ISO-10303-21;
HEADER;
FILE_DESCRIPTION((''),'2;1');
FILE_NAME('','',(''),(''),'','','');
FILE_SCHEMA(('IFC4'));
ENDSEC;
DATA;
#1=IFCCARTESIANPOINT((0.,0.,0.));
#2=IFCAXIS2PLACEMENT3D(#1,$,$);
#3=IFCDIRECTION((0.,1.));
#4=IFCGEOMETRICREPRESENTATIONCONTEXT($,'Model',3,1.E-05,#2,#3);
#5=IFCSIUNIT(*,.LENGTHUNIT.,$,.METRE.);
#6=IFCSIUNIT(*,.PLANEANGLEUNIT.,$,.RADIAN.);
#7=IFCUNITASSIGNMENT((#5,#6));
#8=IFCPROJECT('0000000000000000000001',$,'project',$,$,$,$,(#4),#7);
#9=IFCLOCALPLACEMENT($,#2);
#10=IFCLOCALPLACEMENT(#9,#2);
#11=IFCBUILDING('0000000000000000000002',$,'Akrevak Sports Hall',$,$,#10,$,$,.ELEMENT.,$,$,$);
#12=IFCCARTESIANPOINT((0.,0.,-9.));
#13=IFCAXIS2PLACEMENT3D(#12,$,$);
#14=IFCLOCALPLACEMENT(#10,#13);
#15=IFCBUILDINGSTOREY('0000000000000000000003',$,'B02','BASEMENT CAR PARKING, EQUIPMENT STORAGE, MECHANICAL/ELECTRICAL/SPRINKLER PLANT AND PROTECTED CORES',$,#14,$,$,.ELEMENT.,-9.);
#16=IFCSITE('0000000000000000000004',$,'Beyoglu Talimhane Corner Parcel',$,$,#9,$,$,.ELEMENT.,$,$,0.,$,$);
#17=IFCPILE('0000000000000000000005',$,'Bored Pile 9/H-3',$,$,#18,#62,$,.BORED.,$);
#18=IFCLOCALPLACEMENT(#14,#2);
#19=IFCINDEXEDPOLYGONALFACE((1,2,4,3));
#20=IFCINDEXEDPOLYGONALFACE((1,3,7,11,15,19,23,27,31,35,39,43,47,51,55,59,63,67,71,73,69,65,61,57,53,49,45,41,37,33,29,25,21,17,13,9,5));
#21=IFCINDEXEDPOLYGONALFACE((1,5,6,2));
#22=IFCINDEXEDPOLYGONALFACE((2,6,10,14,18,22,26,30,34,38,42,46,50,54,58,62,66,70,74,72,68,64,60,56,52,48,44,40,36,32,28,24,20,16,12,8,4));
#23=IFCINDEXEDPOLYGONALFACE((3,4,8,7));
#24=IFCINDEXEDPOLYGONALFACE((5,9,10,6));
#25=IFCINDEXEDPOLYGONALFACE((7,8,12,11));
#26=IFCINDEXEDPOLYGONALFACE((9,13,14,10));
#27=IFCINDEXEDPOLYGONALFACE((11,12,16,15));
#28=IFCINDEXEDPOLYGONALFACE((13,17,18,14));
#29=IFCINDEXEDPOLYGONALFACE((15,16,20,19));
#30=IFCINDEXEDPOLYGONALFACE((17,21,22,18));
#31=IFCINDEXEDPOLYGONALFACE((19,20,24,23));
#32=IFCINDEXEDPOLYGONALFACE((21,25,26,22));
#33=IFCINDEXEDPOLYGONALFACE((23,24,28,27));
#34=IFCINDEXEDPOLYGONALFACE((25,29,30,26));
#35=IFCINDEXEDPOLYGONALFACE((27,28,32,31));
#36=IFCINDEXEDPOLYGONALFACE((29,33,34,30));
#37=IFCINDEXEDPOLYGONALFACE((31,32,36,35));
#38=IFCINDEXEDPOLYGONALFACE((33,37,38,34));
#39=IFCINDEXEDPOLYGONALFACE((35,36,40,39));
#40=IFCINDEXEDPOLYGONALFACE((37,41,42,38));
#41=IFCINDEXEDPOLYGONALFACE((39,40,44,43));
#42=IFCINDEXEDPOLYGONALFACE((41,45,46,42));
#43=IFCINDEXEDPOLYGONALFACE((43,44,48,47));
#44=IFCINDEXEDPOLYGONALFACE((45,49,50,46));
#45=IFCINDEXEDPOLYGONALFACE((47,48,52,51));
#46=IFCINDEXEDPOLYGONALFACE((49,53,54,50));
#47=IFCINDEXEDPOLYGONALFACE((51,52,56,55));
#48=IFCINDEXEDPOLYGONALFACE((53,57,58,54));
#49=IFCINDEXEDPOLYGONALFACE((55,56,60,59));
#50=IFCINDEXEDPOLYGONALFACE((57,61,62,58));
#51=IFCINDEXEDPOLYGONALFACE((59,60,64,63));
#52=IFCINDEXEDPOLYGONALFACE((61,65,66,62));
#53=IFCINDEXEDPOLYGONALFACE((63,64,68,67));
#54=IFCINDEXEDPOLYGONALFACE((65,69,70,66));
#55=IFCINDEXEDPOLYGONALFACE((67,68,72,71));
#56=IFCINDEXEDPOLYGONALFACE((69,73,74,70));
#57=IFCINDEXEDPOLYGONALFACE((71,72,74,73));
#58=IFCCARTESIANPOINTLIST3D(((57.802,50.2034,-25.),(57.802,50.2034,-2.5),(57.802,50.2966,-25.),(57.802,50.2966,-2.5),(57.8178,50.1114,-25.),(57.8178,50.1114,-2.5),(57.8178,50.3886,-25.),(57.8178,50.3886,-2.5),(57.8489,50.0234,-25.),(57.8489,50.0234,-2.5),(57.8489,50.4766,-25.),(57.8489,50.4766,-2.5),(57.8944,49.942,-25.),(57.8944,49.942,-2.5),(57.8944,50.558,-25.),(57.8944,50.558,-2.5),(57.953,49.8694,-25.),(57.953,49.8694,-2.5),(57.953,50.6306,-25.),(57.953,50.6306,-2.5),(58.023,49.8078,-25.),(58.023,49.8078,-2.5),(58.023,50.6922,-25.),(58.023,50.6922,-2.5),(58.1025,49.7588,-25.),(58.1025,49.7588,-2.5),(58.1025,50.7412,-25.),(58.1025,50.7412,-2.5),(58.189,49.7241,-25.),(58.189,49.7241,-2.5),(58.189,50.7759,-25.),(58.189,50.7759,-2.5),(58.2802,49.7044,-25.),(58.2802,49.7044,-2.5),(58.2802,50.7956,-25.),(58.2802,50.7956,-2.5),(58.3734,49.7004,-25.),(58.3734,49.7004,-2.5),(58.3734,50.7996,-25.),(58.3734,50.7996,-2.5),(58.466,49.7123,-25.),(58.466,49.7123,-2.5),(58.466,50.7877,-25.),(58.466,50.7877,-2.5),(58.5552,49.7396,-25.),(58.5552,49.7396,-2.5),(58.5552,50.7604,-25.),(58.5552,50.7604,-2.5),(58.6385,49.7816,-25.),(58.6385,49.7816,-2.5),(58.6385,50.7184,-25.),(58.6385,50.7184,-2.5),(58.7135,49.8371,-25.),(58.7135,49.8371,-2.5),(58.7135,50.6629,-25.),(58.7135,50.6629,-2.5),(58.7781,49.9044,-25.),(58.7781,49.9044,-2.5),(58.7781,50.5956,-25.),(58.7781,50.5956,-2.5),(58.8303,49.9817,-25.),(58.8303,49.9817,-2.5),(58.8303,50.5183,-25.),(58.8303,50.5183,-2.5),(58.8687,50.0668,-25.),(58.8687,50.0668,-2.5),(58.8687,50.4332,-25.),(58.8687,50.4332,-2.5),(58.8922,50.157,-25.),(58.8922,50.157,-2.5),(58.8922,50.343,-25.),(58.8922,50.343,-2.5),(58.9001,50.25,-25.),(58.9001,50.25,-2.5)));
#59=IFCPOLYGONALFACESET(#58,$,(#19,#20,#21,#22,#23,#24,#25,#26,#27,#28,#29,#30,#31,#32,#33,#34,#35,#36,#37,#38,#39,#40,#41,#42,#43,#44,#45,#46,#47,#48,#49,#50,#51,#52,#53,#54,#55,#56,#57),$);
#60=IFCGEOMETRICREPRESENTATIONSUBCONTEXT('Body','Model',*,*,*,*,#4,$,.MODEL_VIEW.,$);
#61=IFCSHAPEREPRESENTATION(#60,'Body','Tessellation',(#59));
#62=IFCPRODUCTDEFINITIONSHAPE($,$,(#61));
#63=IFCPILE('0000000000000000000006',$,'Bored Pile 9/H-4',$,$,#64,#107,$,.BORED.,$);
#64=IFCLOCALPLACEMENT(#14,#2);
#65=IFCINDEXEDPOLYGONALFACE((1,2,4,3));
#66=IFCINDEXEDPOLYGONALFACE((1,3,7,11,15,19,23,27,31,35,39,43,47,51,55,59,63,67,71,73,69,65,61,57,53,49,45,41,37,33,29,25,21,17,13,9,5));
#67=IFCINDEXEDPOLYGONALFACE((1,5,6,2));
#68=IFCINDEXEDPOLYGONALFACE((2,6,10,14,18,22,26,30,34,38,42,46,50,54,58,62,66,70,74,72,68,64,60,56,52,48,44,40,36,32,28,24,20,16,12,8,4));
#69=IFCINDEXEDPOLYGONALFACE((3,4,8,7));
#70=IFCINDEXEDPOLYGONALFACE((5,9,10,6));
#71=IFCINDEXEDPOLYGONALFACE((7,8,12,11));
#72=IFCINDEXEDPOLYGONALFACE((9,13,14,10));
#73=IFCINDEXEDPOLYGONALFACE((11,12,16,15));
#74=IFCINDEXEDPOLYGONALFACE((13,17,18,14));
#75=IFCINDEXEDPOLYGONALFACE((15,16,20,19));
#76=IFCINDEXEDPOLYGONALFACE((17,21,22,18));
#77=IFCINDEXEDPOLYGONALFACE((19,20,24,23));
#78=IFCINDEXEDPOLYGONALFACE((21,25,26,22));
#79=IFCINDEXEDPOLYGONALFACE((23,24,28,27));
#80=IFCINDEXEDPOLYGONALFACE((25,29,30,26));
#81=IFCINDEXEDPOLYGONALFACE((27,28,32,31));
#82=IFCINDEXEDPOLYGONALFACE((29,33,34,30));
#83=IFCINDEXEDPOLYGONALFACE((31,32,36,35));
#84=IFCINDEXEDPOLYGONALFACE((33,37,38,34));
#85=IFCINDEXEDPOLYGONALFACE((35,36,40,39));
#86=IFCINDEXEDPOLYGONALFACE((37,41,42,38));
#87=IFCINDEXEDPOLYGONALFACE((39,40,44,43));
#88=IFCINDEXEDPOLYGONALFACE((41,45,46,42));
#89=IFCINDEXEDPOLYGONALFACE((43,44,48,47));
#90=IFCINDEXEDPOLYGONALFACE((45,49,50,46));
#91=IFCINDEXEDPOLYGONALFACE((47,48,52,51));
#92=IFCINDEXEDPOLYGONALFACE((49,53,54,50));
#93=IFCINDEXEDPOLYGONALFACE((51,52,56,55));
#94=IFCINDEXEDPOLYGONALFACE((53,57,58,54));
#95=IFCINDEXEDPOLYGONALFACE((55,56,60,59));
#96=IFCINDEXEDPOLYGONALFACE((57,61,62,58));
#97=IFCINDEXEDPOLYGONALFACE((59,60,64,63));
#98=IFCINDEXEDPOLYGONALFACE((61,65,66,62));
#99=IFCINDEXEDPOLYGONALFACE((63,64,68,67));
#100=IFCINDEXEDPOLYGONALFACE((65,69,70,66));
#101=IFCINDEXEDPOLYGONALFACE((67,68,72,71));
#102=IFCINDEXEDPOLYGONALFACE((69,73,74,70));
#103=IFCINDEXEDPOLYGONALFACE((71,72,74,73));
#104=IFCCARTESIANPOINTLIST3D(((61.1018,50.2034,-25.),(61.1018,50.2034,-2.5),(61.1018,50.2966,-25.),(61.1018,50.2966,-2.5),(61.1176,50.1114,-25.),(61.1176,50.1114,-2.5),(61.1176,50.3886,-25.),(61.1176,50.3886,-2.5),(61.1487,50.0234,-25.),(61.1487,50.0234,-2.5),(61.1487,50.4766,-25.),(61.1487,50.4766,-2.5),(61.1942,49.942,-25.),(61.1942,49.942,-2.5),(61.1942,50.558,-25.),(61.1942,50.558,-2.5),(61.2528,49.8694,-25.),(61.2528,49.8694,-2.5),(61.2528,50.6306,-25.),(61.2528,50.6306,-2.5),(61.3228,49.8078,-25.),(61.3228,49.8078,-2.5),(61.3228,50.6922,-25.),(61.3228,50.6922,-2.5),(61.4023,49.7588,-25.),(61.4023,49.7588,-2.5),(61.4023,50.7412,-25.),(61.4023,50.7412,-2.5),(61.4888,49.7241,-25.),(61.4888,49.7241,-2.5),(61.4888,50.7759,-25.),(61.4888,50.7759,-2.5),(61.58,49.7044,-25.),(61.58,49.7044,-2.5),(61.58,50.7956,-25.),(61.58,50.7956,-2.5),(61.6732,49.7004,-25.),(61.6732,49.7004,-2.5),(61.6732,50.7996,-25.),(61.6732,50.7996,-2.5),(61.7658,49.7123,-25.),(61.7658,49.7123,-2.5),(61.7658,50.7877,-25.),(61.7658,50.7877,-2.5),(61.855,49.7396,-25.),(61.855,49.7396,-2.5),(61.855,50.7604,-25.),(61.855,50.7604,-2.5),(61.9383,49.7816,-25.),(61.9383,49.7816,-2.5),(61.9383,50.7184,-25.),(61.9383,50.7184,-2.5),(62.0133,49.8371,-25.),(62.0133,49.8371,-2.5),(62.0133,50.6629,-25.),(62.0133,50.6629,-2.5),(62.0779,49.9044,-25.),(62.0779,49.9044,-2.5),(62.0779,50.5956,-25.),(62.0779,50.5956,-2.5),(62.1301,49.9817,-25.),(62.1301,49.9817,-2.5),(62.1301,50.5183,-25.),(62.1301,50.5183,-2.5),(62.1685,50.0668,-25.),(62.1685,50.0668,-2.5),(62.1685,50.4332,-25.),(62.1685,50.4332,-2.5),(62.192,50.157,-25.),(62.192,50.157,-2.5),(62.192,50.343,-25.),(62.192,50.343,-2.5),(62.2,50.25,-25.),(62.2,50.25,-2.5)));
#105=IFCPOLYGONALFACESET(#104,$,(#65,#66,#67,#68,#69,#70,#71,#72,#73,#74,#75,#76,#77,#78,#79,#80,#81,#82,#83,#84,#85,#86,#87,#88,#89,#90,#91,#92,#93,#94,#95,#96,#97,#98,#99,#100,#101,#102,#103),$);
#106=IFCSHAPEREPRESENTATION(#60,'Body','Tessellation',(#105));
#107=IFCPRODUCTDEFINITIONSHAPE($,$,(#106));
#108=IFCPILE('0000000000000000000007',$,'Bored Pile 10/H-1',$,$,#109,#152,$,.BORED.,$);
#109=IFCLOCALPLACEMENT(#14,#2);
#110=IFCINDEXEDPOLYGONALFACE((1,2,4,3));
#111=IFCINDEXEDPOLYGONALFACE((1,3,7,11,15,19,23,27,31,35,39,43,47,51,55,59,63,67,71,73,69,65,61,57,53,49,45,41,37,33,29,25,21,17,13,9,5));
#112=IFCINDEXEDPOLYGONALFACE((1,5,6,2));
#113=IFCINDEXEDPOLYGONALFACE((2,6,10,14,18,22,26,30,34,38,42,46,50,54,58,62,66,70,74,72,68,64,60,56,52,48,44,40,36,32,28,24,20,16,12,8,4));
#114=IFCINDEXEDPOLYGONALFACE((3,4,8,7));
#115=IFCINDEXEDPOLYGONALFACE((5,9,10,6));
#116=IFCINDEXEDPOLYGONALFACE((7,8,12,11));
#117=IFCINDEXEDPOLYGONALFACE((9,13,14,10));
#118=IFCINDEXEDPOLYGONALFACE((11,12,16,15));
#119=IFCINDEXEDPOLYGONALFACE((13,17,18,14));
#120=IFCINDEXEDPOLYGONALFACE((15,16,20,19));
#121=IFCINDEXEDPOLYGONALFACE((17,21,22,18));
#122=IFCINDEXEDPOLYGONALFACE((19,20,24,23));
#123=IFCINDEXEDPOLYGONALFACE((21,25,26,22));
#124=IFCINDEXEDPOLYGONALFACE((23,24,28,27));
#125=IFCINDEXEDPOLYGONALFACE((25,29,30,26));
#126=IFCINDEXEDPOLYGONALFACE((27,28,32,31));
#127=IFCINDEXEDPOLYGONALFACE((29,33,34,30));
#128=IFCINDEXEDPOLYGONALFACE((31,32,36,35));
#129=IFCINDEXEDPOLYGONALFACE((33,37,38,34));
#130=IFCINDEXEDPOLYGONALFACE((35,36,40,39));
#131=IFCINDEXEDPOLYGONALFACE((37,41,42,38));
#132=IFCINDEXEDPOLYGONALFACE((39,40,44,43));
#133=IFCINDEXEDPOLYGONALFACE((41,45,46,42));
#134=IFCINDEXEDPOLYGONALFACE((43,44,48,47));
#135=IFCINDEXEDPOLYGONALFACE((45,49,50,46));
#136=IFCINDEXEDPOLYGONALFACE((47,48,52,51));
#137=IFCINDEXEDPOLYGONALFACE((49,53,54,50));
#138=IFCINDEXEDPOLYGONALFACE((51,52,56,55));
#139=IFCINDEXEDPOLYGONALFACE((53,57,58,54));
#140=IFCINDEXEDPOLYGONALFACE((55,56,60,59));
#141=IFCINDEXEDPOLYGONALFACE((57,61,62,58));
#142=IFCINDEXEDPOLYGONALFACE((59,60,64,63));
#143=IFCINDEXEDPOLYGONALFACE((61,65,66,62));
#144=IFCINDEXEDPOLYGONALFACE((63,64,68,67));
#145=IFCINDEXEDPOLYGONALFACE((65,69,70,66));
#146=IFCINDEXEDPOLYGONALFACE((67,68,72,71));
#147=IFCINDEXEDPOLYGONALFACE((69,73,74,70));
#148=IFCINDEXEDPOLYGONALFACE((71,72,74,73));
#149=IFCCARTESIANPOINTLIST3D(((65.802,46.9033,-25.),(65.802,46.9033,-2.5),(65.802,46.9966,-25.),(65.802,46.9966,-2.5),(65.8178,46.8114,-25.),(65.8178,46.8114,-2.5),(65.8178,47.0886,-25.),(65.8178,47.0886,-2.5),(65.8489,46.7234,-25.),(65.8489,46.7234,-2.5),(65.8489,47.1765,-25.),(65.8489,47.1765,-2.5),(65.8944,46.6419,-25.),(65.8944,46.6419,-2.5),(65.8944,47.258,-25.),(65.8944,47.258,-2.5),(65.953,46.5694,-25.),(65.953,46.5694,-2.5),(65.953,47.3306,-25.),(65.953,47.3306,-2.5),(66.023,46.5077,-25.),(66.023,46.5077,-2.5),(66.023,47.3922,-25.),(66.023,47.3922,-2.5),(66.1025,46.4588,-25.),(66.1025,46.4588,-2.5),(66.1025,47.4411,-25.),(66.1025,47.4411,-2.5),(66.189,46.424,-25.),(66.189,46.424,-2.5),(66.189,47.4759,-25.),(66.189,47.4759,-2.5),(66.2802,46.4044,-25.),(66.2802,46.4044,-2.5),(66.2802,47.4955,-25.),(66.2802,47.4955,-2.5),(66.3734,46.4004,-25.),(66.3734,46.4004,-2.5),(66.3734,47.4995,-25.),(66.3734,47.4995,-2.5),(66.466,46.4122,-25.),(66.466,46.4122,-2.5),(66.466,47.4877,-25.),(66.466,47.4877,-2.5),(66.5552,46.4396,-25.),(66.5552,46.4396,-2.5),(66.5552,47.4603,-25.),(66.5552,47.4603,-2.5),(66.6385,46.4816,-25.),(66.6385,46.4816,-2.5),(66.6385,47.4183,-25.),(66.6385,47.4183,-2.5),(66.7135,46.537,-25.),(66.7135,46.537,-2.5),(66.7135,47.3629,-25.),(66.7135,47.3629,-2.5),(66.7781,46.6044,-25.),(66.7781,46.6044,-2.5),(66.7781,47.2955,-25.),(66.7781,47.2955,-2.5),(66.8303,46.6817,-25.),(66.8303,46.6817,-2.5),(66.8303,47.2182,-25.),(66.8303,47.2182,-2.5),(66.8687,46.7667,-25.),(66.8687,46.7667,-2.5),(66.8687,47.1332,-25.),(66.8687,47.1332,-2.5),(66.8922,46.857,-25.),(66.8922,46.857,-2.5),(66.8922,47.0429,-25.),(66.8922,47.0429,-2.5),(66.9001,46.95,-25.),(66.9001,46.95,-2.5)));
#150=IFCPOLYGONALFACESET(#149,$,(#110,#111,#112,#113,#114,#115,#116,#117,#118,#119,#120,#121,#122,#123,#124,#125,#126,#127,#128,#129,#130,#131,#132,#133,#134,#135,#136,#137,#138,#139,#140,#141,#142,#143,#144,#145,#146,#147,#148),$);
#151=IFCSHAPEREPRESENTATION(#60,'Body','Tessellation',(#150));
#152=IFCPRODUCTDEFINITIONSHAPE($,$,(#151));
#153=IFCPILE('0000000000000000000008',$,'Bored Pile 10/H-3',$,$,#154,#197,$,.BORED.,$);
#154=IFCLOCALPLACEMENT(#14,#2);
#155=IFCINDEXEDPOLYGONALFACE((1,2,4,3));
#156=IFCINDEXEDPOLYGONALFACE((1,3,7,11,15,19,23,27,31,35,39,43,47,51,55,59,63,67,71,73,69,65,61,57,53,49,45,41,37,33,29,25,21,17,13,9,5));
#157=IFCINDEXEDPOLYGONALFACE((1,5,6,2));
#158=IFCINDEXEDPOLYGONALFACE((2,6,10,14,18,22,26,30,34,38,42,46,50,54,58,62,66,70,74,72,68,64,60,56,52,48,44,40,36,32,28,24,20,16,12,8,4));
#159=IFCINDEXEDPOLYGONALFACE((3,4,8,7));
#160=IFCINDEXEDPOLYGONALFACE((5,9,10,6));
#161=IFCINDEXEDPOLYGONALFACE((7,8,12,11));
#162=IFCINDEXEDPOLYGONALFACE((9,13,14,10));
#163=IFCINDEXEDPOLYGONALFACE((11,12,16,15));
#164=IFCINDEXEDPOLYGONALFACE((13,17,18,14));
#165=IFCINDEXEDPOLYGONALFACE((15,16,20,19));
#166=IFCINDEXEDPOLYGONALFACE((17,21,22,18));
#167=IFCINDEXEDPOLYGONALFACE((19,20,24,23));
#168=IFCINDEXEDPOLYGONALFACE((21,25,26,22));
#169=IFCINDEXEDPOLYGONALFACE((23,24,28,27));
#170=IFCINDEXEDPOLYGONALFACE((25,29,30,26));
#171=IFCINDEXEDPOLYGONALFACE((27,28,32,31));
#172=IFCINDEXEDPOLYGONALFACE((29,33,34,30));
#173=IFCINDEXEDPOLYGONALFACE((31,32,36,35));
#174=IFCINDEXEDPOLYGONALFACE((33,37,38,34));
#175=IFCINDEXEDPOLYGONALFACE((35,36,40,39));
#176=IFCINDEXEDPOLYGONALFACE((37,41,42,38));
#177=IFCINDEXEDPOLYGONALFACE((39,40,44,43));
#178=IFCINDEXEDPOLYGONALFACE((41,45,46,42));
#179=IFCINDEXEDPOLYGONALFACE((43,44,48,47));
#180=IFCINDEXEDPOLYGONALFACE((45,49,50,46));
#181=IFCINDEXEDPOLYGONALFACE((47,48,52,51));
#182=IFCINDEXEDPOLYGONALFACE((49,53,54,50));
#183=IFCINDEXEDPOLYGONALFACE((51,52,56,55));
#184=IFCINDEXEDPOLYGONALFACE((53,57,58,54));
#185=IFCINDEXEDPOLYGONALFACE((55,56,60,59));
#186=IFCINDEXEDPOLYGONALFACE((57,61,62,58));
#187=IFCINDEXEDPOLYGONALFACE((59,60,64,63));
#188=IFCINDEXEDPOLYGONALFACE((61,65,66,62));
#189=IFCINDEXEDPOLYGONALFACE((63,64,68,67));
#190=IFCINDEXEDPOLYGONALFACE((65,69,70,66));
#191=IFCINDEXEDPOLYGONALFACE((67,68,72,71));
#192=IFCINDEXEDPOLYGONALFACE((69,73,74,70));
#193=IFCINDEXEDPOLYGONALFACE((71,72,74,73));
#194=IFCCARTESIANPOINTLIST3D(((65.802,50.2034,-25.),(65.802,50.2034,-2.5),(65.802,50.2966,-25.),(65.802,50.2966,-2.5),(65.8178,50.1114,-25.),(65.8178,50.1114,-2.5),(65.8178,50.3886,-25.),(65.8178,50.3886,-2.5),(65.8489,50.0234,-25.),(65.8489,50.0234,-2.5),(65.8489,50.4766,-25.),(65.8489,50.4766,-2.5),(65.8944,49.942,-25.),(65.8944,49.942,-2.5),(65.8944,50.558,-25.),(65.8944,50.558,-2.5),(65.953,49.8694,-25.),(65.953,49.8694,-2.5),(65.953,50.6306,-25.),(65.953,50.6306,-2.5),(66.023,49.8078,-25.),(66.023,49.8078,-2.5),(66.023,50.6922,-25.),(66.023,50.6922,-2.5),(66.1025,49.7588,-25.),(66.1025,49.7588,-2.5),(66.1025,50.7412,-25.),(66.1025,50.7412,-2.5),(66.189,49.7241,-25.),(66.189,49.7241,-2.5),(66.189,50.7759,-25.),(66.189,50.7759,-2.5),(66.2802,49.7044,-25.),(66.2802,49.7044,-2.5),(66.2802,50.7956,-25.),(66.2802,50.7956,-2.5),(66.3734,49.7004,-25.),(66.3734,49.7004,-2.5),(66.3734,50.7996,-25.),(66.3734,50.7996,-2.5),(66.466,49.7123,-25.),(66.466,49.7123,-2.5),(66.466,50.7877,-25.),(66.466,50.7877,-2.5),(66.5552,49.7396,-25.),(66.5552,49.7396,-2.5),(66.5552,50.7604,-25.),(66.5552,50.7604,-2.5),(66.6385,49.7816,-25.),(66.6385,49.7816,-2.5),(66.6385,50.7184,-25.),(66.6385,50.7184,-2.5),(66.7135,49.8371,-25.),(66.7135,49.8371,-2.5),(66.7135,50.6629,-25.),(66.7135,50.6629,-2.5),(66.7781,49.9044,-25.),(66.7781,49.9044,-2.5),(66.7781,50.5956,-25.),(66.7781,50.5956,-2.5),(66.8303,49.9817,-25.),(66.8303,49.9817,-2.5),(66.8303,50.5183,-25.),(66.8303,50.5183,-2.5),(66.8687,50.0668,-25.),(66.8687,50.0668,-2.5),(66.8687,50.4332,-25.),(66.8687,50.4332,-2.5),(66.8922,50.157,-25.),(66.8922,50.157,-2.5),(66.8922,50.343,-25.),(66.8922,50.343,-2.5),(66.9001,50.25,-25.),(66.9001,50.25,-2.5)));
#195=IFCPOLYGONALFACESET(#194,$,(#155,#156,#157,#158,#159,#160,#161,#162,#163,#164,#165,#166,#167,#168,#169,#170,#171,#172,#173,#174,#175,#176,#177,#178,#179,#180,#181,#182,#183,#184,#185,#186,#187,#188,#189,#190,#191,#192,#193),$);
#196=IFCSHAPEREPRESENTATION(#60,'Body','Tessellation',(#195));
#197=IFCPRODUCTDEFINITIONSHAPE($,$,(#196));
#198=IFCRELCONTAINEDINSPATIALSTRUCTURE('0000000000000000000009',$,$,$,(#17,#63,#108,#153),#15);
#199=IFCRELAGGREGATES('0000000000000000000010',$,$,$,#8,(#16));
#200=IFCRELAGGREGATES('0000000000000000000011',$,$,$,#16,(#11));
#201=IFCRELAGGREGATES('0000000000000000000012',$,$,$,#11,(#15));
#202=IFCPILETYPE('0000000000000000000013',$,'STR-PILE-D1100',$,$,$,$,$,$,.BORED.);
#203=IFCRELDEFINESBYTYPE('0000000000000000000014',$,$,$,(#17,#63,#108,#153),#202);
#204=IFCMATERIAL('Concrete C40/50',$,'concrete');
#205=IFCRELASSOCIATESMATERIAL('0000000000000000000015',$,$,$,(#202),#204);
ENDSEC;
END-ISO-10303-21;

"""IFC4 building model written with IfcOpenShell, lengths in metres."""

from ifc_helpers import new_model, si_unit, direction, frame, origin, origin_2d, place, context, subcontext, project, spatial, circle, extrude, material, material_profile, profile_set, type_object, element, save


model = new_model("IFC4")

# Units and contexts
model_context = context("Model", 3, precision=1e-05, world=origin(), true_north=direction((0.0, 1.0)))
body_context = subcontext(model_context, "Body", "Model", "MODEL_VIEW")
ifc_project = project(units=[si_unit("LENGTHUNIT", "METRE"), si_unit("PLANEANGLEUNIT", "RADIAN")], contexts=[model_context])

# Site, building, storey
site_placement = place(None, origin())
site = spatial("IfcSite", under=ifc_project, at=site_placement, Name="Beyoglu Talimhane Corner Parcel", CompositionType="ELEMENT", RefElevation=0.0)
building_placement = place(site_placement, origin())
building = spatial("IfcBuilding", under=site, at=building_placement, Name="Akrevak Sports Hall", CompositionType="ELEMENT")
storey_placement = place(building_placement, frame((0.0, 0.0, -9.0)))
storey = spatial("IfcBuildingStorey", under=building, at=storey_placement, Name="B02", Description="BASEMENT CAR PARKING, EQUIPMENT STORAGE, MECHANICAL/ELECTRICAL/SPRINKLER PLANT AND PROTECTED CORES", CompositionType="ELEMENT", Elevation=-9.0)

# Shared definitions
ifc_material_1 = material(Name="Concrete C40/50", Category="concrete")

# Piles
ifc_material_profile_1 = material_profile(ifc_material_1, circle(Radius=0.55, at=origin_2d()), Name="BORED PILE D1100", Category="concrete")
ifc_profile_set_1 = profile_set([ifc_material_profile_1], Name="Concrete C40/50")
pile_type_1 = type_object("IfcPileType", Name="STR-PILE-D1100", PredefinedType="BORED", material=ifc_profile_set_1)
for number, where, z_axis, x_axis, name in (
    (1, (58.3501, 50.25, -2.5), (0.0, 0.0, -1.0), (1.0, 0.0, 0.0), "Bored Pile 9/H-3"),
    (2, (61.6499, 50.25, -2.5), (0.0, 0.0, -1.0), (1.0, 0.0, 0.0), "Bored Pile 9/H-4"),
    (3, (66.3501, 46.95, -2.5), (0.0, 0.0, -1.0), (1.0, 0.0, 0.0), "Bored Pile 10/H-1"),
    (4, (66.3501, 50.25, -2.5), (0.0, 0.0, -1.0), (1.0, 0.0, 0.0), "Bored Pile 10/H-3"),
):
    element("IfcPile", number, at=place(storey_placement, frame(where, z_axis=z_axis, x_axis=x_axis)), inside=storey, type_object=pile_type_1, Name=name, PredefinedType="BORED", context=body_context, shape_type="SweptSolid", body=[
        extrude(circle(Radius=0.55, at=origin_2d()), origin(), (0.0, 0.0, 1.0), 22.5),
    ])

save(model, "model.ifc")
